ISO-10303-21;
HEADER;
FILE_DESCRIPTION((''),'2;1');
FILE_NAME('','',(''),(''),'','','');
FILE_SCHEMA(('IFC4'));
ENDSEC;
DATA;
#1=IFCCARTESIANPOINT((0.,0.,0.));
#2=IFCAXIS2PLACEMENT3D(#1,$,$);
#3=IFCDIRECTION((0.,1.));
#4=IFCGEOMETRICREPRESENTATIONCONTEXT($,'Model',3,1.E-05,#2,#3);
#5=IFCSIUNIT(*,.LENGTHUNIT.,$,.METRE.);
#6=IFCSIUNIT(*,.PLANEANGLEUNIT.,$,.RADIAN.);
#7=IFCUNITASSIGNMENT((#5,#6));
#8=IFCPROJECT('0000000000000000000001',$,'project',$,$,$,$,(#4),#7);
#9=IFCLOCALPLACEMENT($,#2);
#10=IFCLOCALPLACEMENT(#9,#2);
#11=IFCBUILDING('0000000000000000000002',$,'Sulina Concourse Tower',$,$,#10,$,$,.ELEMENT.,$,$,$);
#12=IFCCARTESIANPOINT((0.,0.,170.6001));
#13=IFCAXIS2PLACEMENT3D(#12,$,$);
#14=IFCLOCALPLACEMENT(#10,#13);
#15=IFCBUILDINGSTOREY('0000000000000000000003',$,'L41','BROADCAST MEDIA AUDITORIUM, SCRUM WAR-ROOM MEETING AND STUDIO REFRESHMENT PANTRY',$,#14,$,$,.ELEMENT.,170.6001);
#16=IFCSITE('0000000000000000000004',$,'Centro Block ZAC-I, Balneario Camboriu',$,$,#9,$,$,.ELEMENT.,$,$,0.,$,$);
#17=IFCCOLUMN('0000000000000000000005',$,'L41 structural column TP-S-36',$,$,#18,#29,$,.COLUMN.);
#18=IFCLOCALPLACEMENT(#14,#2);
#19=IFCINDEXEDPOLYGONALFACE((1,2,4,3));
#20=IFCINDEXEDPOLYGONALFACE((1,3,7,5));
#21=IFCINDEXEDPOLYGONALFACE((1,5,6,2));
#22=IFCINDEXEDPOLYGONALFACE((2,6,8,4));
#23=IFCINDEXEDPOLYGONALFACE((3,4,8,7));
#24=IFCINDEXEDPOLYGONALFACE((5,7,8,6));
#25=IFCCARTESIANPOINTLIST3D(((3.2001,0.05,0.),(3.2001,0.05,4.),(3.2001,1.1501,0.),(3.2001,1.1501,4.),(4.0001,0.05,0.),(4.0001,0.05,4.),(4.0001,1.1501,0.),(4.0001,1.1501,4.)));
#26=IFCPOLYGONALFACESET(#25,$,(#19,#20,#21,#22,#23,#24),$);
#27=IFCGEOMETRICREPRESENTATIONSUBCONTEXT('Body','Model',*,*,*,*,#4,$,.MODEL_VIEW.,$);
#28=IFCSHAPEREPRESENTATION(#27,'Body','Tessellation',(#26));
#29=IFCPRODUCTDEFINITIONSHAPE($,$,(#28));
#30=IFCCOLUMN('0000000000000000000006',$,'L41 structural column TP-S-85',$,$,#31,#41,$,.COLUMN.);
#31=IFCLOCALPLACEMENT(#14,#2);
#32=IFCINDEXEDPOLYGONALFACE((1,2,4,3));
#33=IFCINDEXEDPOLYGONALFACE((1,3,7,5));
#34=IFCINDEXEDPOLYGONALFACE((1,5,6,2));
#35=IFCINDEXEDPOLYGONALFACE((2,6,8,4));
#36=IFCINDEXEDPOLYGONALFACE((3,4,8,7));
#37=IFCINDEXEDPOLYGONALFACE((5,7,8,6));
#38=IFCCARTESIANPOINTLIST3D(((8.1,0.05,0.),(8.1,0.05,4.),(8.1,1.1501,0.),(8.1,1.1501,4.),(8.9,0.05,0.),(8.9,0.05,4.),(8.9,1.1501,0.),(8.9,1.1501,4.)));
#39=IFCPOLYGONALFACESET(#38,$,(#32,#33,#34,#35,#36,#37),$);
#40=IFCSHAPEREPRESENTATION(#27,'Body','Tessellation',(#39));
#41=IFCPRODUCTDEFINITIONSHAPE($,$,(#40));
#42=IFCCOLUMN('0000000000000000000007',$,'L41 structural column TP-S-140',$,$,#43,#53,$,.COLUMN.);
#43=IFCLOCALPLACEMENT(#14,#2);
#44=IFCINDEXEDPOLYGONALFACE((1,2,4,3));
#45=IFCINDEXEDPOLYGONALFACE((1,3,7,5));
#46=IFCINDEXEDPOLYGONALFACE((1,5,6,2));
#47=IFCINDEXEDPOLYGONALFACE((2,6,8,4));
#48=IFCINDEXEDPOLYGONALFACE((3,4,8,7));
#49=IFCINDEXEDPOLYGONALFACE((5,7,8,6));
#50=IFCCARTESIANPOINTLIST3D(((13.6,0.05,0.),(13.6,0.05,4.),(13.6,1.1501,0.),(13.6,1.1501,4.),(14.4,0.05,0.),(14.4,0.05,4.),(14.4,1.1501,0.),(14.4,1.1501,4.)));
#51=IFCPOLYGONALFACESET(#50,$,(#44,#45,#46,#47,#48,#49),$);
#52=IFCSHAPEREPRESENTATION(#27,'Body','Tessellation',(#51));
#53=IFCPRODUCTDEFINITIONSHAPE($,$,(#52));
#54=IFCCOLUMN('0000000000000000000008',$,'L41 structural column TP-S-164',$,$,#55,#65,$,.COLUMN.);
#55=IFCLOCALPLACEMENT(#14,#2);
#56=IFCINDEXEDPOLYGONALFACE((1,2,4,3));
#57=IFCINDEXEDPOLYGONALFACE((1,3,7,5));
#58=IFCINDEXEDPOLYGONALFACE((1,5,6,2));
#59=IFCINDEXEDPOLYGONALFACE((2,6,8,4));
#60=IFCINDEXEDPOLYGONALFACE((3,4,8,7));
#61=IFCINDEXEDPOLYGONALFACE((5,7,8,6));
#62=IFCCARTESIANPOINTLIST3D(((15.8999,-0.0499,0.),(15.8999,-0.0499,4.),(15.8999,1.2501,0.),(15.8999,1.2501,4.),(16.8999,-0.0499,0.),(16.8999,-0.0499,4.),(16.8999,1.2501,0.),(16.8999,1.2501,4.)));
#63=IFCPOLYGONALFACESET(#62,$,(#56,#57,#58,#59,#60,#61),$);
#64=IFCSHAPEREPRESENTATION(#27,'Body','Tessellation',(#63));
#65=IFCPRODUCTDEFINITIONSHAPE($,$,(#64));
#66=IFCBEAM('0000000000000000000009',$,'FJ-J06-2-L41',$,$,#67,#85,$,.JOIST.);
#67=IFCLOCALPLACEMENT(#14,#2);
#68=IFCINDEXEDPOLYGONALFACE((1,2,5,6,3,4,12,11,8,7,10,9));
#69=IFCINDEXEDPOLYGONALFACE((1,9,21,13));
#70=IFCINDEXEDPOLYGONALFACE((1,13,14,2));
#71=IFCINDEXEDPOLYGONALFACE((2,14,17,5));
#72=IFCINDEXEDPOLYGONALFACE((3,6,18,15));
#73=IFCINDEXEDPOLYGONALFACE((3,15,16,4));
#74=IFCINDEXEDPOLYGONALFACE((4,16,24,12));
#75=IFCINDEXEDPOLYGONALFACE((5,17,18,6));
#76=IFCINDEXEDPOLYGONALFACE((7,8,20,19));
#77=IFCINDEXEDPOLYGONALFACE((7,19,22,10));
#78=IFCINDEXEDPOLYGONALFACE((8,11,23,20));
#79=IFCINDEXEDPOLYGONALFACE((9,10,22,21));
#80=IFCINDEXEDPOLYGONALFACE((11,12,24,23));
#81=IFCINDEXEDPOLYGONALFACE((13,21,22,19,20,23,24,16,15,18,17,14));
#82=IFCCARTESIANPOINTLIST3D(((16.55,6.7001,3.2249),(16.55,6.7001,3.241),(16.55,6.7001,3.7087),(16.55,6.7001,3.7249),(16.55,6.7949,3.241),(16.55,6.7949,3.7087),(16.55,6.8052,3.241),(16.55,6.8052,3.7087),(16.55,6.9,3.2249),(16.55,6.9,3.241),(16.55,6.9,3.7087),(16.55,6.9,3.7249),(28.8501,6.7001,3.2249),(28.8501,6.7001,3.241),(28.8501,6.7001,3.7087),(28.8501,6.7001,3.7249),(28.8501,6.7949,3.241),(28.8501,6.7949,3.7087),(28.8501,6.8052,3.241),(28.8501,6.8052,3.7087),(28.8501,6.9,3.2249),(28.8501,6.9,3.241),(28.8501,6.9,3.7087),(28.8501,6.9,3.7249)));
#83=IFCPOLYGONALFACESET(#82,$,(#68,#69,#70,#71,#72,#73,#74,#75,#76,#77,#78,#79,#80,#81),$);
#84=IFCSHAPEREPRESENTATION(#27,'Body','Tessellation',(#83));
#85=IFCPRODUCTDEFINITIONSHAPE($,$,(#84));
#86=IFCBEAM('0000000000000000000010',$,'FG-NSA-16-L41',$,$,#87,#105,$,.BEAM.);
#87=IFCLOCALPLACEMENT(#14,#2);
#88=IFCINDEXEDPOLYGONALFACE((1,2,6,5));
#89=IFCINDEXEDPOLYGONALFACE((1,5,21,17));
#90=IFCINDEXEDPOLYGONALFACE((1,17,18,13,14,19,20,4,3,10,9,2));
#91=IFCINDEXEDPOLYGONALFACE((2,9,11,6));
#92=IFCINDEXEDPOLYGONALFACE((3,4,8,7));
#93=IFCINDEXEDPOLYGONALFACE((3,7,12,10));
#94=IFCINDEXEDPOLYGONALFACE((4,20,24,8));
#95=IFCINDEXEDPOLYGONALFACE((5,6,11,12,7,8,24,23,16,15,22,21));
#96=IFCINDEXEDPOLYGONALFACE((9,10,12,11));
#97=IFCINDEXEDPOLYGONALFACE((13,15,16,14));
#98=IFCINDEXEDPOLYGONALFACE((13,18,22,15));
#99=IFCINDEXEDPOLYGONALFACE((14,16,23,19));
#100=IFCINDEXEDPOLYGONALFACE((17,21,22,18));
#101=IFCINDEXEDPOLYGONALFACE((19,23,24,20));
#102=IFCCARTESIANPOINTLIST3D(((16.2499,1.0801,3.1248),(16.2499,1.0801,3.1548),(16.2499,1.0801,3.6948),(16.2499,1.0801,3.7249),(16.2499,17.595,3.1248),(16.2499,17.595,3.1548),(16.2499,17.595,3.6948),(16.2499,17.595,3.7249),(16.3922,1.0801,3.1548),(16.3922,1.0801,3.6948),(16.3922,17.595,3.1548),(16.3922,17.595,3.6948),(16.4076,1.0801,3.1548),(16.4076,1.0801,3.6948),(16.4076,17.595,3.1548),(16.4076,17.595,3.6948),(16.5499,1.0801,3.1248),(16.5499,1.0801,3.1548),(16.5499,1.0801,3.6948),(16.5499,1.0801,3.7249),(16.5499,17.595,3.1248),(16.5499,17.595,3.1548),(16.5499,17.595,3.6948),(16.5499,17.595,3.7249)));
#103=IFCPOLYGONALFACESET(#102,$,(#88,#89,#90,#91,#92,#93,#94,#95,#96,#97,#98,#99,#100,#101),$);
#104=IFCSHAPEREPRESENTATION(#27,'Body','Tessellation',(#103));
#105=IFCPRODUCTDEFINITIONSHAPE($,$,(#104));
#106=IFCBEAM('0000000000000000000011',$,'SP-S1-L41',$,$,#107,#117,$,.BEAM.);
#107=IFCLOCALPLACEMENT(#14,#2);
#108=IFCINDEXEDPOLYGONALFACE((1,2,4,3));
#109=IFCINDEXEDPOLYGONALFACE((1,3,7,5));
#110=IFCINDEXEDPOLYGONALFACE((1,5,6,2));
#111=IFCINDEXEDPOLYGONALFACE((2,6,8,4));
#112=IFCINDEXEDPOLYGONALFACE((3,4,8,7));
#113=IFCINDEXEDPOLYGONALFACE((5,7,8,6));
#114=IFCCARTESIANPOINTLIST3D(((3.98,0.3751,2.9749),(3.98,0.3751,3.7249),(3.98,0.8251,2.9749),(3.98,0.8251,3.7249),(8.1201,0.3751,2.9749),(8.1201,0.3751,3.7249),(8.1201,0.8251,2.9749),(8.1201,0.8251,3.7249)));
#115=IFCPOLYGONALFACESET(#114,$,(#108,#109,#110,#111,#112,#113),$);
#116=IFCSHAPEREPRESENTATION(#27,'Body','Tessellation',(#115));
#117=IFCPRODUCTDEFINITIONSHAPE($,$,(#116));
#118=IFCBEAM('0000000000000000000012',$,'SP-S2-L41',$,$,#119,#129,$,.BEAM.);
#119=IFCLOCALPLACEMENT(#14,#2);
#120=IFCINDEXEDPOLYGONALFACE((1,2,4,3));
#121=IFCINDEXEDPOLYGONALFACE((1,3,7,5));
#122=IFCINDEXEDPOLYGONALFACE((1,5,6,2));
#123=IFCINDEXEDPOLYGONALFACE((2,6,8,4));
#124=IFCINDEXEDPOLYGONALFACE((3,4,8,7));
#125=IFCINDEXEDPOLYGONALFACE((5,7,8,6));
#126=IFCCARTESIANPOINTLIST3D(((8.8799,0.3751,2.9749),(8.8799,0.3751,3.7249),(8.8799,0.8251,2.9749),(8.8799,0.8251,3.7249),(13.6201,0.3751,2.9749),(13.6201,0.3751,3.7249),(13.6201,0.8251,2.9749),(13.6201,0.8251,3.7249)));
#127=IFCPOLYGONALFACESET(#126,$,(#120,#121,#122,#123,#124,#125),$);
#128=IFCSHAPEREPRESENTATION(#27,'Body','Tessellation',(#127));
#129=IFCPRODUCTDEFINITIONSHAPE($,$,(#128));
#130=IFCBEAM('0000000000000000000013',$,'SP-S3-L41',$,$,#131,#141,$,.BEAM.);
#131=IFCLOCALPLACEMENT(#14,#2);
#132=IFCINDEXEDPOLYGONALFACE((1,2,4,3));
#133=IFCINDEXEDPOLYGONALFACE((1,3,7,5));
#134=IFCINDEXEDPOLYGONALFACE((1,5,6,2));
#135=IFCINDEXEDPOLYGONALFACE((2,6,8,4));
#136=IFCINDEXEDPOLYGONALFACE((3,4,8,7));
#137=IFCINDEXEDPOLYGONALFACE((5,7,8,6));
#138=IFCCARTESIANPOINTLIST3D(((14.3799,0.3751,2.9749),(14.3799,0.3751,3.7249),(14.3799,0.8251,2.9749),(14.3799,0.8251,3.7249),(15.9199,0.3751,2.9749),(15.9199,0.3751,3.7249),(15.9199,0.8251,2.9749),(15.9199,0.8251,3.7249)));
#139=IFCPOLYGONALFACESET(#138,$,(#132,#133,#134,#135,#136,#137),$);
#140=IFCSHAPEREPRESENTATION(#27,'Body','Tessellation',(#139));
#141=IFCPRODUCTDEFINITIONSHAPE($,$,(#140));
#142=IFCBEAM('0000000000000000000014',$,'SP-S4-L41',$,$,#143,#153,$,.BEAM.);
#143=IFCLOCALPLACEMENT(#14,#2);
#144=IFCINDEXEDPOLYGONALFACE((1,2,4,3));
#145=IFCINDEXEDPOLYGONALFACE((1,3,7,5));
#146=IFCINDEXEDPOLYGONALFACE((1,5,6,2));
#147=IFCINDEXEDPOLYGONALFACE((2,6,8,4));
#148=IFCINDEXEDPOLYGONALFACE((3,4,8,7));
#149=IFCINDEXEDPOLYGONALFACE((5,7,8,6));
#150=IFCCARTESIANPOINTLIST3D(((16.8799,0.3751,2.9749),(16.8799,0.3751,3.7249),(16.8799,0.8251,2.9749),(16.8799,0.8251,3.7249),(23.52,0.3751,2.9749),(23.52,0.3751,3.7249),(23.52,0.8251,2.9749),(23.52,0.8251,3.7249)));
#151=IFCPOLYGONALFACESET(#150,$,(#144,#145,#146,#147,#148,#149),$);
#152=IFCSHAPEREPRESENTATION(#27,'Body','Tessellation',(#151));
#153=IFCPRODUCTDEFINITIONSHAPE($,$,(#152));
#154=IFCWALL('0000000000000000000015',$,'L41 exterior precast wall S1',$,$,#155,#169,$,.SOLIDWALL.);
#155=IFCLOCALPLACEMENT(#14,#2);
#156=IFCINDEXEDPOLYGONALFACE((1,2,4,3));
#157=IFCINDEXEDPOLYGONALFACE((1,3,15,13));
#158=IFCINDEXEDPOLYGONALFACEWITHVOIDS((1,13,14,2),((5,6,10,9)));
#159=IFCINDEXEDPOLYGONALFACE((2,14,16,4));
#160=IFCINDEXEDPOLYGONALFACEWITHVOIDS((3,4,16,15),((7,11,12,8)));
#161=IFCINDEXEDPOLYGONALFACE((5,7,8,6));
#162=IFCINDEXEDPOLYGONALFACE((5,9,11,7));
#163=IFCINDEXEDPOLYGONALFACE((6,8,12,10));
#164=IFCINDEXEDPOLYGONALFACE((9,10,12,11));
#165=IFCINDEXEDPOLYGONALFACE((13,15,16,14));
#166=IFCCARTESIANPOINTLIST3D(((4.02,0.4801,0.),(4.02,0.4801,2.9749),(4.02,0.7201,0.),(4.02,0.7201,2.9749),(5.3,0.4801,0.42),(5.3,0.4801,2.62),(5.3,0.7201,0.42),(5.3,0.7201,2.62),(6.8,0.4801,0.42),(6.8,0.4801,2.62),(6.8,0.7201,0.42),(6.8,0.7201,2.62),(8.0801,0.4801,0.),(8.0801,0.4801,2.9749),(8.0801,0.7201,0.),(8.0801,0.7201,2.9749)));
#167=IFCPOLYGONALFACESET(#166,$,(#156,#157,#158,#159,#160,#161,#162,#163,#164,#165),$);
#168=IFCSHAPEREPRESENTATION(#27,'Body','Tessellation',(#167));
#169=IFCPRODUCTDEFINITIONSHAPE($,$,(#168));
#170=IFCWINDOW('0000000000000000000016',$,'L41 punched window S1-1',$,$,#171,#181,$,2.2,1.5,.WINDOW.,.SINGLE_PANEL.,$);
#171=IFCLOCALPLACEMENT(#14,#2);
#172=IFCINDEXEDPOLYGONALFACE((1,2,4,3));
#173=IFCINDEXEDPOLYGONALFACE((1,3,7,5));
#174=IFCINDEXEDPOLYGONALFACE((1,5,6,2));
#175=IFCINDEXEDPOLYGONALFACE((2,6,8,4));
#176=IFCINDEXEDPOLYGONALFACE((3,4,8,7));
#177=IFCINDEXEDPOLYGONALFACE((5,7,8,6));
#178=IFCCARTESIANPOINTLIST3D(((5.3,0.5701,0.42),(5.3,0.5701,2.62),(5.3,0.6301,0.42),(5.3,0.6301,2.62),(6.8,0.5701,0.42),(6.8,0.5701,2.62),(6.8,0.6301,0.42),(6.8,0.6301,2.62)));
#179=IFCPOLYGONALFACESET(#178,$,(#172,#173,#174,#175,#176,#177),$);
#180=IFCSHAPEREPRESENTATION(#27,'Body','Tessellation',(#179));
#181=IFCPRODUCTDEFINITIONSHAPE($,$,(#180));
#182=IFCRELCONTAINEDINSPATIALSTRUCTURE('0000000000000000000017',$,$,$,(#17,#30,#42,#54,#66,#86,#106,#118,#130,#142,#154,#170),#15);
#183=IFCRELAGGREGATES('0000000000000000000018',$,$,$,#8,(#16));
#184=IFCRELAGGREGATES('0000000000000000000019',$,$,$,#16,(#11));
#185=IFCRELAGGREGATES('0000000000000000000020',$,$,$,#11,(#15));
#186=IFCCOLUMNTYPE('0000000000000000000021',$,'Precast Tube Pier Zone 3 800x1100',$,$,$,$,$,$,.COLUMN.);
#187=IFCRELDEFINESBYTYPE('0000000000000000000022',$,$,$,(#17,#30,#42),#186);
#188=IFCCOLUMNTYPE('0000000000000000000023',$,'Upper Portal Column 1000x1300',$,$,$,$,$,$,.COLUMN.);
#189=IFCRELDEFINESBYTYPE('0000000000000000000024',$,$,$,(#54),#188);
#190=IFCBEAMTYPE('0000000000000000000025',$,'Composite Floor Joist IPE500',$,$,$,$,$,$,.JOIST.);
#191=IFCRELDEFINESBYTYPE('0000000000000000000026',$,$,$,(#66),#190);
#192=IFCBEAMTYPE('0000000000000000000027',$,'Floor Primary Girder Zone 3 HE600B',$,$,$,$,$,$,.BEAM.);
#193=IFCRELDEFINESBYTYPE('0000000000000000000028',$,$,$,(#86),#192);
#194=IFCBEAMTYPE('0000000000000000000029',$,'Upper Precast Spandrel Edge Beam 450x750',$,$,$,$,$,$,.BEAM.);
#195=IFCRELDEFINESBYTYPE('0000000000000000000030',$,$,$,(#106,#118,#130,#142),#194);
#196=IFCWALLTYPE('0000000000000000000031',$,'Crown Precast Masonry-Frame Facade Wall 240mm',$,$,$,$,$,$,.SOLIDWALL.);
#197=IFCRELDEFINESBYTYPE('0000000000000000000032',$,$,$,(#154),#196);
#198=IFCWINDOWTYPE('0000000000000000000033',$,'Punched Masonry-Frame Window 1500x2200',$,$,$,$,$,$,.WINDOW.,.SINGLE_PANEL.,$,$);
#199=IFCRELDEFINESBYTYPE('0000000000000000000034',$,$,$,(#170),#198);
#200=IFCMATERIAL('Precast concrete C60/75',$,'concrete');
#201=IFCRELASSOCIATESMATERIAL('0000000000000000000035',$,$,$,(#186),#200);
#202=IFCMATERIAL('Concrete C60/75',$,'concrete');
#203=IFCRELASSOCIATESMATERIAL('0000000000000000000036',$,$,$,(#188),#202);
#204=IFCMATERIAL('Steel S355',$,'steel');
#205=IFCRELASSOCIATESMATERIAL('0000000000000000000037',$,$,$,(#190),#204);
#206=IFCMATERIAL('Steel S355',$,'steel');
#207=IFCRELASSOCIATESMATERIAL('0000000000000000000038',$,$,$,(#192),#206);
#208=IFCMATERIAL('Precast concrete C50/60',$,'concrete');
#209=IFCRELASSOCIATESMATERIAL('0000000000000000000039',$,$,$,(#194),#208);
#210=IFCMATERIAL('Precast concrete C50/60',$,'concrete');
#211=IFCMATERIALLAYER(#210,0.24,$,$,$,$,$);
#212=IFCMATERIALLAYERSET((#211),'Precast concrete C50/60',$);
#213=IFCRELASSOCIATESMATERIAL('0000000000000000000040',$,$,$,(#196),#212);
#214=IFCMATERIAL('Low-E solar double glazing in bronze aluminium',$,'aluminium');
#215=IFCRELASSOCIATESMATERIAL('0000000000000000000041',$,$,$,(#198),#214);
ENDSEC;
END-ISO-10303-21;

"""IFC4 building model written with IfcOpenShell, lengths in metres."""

from ifc_helpers import new_model, si_unit, direction, frame, frame_2d, origin, origin_2d, place, context, subcontext, project, spatial, rectangle, i_section, extrude, material, layer, layer_set, material_profile, profile_set, type_object, element, fill, save


model = new_model("IFC4")

# Units and contexts
model_context = context("Model", 3, precision=1e-05, world=origin(), true_north=direction((0.0, 1.0)))
body_context = subcontext(model_context, "Body", "Model", "MODEL_VIEW")
ifc_project = project(units=[si_unit("LENGTHUNIT", "METRE"), si_unit("PLANEANGLEUNIT", "RADIAN")], contexts=[model_context])

# Site, building, storey
site_placement = place(None, origin())
site = spatial("IfcSite", under=ifc_project, at=site_placement, Name="Centro Block ZAC-I, Balneario Camboriu", CompositionType="ELEMENT", RefElevation=0.0)
building_placement = place(site_placement, origin())
building = spatial("IfcBuilding", under=site, at=building_placement, Name="Sulina Concourse Tower", CompositionType="ELEMENT")
storey_placement = place(building_placement, frame((0.0, 0.0, 170.6001)))
storey = spatial("IfcBuildingStorey", under=building, at=storey_placement, Name="L41", Description="BROADCAST MEDIA AUDITORIUM, SCRUM WAR-ROOM MEETING AND STUDIO REFRESHMENT PANTRY", CompositionType="ELEMENT", Elevation=170.6001)

# Columns
ifc_material_1 = material(Name="Precast concrete C60/75", Category="concrete")
ifc_material_profile_1 = material_profile(ifc_material_1, rectangle(XDim=0.8, YDim=1.1001, at=origin_2d()), Name="PC 800x1100")
ifc_profile_set_1 = profile_set([ifc_material_profile_1], Name="Precast concrete C60/75")
column_type_1 = type_object("IfcColumnType", Name="Precast Tube Pier Zone 3 800x1100", PredefinedType="COLUMN", material=ifc_profile_set_1)
for number, where, z_axis, x_axis, name in (
    (1, (3.6001, 0.6001, 0.0), (0.0, 0.0, 1.0), (1.0, 0.0, 0.0), "L41 structural column TP-S-36"),
    (2, (8.5, 0.6001, 0.0), (0.0, 0.0, 1.0), (1.0, 0.0, 0.0), "L41 structural column TP-S-85"),
    (3, (14.0, 0.6001, 0.0), (0.0, 0.0, 1.0), (1.0, 0.0, 0.0), "L41 structural column TP-S-140"),
):
    element("IfcColumn", number, at=place(storey_placement, frame(where, z_axis=z_axis, x_axis=x_axis)), inside=storey, type_object=column_type_1, Name=name, PredefinedType="COLUMN", context=body_context, shape_type="SweptSolid", body=[
        extrude(rectangle(XDim=0.8, YDim=1.1001, at=origin_2d()), origin(), (0.0, 0.0, 1.0), 4.0),
    ])
ifc_material_2 = material(Name="Concrete C60/75", Category="concrete")
ifc_material_profile_2 = material_profile(ifc_material_2, rectangle(XDim=1.0, YDim=1.3, at=origin_2d()), Name="RC 1000x1300")
ifc_profile_set_2 = profile_set([ifc_material_profile_2], Name="Concrete C60/75")
column_type_2 = type_object("IfcColumnType", Name="Upper Portal Column 1000x1300", PredefinedType="COLUMN", material=ifc_profile_set_2)
column_placement = place(storey_placement, frame((16.3999, 0.6001, 0.0), z_axis=(0.0, 0.0, 1.0), x_axis=(1.0, 0.0, 0.0)))
element("IfcColumn", 4, at=column_placement, inside=storey, type_object=column_type_2, Name="L41 structural column TP-S-164", PredefinedType="COLUMN", context=body_context, shape_type="SweptSolid", body=[
    extrude(rectangle(XDim=1.0, YDim=1.3, at=origin_2d()), origin(), (0.0, 0.0, 1.0), 4.0),
])

# Beams
ifc_material_3 = material(Name="Steel S355", Category="steel")
ifc_material_profile_3 = material_profile(ifc_material_3, i_section(OverallWidth=0.2, OverallDepth=0.5, WebThickness=0.0103, FlangeThickness=0.0161, at=origin_2d()), Name="IPE 500")
ifc_profile_set_3 = profile_set([ifc_material_profile_3], Name="Steel S355")
beam_type_1 = type_object("IfcBeamType", Name="Composite Floor Joist IPE500", PredefinedType="JOIST", material=ifc_profile_set_3)
beam_1_placement = place(storey_placement, frame((16.55, 6.8, 3.4749), z_axis=(1.0, 0.0, 0.0), x_axis=(0.0, 1.0, 0.0)))
element("IfcBeam", 5, at=beam_1_placement, inside=storey, type_object=beam_type_1, Name="FJ-J06-2-L41", PredefinedType="JOIST", context=body_context, shape_type="SweptSolid", body=[
    extrude(i_section(OverallWidth=0.2, OverallDepth=0.5, WebThickness=0.0103, FlangeThickness=0.0161, at=origin_2d()), origin(), (0.0, 0.0, 1.0), 12.3),
])
ifc_material_4 = material(Name="Steel S355", Category="steel")
ifc_material_profile_4 = material_profile(ifc_material_4, i_section(OverallWidth=0.3, OverallDepth=0.6001, WebThickness=0.0154, FlangeThickness=0.03, at=origin_2d()), Name="HE 600 B")
ifc_profile_set_4 = profile_set([ifc_material_profile_4], Name="Steel S355")
beam_type_2 = type_object("IfcBeamType", Name="Floor Primary Girder Zone 3 HE600B", PredefinedType="BEAM", material=ifc_profile_set_4)
beam_2_placement = place(storey_placement, frame((16.3999, 1.0801, 3.4248), z_axis=(0.0, 1.0, 0.0), x_axis=(-1.0, 0.0, 0.0)))
element("IfcBeam", 6, at=beam_2_placement, inside=storey, type_object=beam_type_2, Name="FG-NSA-16-L41", PredefinedType="BEAM", context=body_context, shape_type="SweptSolid", body=[
    extrude(i_section(OverallWidth=0.3, OverallDepth=0.6001, WebThickness=0.0154, FlangeThickness=0.03, at=origin_2d()), origin(), (0.0, 0.0, 1.0), 16.5149),
])
ifc_material_5 = material(Name="Precast concrete C50/60", Category="concrete")
ifc_material_profile_5 = material_profile(ifc_material_5, rectangle(XDim=0.45, YDim=0.75, at=origin_2d()), Name="RC 450x750")
ifc_profile_set_5 = profile_set([ifc_material_profile_5], Name="Precast concrete C50/60")
beam_type_3 = type_object("IfcBeamType", Name="Upper Precast Spandrel Edge Beam 450x750", PredefinedType="BEAM", material=ifc_profile_set_5)
beam_3_placement = place(storey_placement, frame((3.98, 0.6001, 3.3499), z_axis=(1.0, 0.0, 0.0), x_axis=(0.0, 1.0, 0.0)))
element("IfcBeam", 7, at=beam_3_placement, inside=storey, type_object=beam_type_3, Name="SP-S1-L41", PredefinedType="BEAM", context=body_context, shape_type="SweptSolid", body=[
    extrude(rectangle(XDim=0.45, YDim=0.75, at=origin_2d()), origin(), (0.0, 0.0, 1.0), 4.1401),
])
beam_4_placement = place(storey_placement, frame((8.8799, 0.6001, 3.3499), z_axis=(1.0, 0.0, 0.0), x_axis=(0.0, 1.0, 0.0)))
element("IfcBeam", 8, at=beam_4_placement, inside=storey, type_object=beam_type_3, Name="SP-S2-L41", PredefinedType="BEAM", context=body_context, shape_type="SweptSolid", body=[
    extrude(rectangle(XDim=0.45, YDim=0.75, at=origin_2d()), origin(), (0.0, 0.0, 1.0), 4.7402),
])
beam_5_placement = place(storey_placement, frame((14.3799, 0.6001, 3.3499), z_axis=(1.0, 0.0, 0.0), x_axis=(0.0, 1.0, 0.0)))
element("IfcBeam", 9, at=beam_5_placement, inside=storey, type_object=beam_type_3, Name="SP-S3-L41", PredefinedType="BEAM", context=body_context, shape_type="SweptSolid", body=[
    extrude(rectangle(XDim=0.45, YDim=0.75, at=origin_2d()), origin(), (0.0, 0.0, 1.0), 1.54),
])
beam_6_placement = place(storey_placement, frame((16.8799, 0.6001, 3.3499), z_axis=(1.0, 0.0, 0.0), x_axis=(0.0, 1.0, 0.0)))
element("IfcBeam", 10, at=beam_6_placement, inside=storey, type_object=beam_type_3, Name="SP-S4-L41", PredefinedType="BEAM", context=body_context, shape_type="SweptSolid", body=[
    extrude(rectangle(XDim=0.45, YDim=0.75, at=origin_2d()), origin(), (0.0, 0.0, 1.0), 6.6401),
])

# Wall, opening, window
ifc_material_6 = material(Name="Precast concrete C50/60", Category="concrete")
ifc_layer_1 = layer(ifc_material_6, 0.24)
ifc_layer_set_1 = layer_set([ifc_layer_1], Name="Precast concrete C50/60")
wall_type_1 = type_object("IfcWallType", Name="Crown Precast Masonry-Frame Facade Wall 240mm", PredefinedType="SOLIDWALL", material=ifc_layer_set_1)
wall_1_placement = place(storey_placement, frame((8.0801, 0.6001, 0.0), z_axis=(0.0, 0.0, 1.0), x_axis=(-1.0, 0.0, 0.0)))
wall_1 = element("IfcWall", 11, at=wall_1_placement, inside=storey, type_object=wall_type_1, Name="L41 exterior precast wall S1", PredefinedType="SOLIDWALL", context=body_context, shape_type="SweptSolid", body=[
    extrude(rectangle(XDim=4.0601, YDim=0.24, at=frame_2d((2.03, 0.0))), origin(), (0.0, 0.0, 1.0), 2.9749),
])
opening_placement = place(wall_1_placement, frame((1.28, 0.0, 0.4199)))
opening = element("IfcOpeningElement", 12, at=opening_placement, cuts=wall_1, PredefinedType="OPENING", context=body_context, shape_type="SweptSolid", body=[
    extrude(rectangle(XDim=1.5, YDim=2.2, at=frame_2d((0.75, 1.1001))), frame((0.0, 0.1299, 0.0), z_axis=(0.0, -1.0, 0.0), x_axis=(1.0, 0.0, 0.0)), (0.0, 0.0, 1.0), 0.26),
])
ifc_material_7 = material(Name="Low-E solar double glazing in bronze aluminium", Category="aluminium")
window_type = type_object("IfcWindowType", Name="Punched Masonry-Frame Window 1500x2200", PartitioningType="SINGLE_PANEL", PredefinedType="WINDOW", material=ifc_material_7)
window_placement = place(opening_placement, origin())
window = element("IfcWindow", 13, at=window_placement, inside=storey, type_object=window_type, Name="L41 punched window S1-1", OverallHeight=2.2, OverallWidth=1.5, PartitioningType="SINGLE_PANEL", PredefinedType="WINDOW", context=body_context, shape_type="SweptSolid", body=[
    extrude(rectangle(XDim=1.5, YDim=2.2, at=frame_2d((0.75, 1.1001))), frame((0.0, 0.03, 0.0), z_axis=(0.0, -1.0, 0.0), x_axis=(1.0, 0.0, 0.0)), (0.0, 0.0, 1.0), 0.0601),
])
fill(opening, window)

save(model, "model.ifc")
